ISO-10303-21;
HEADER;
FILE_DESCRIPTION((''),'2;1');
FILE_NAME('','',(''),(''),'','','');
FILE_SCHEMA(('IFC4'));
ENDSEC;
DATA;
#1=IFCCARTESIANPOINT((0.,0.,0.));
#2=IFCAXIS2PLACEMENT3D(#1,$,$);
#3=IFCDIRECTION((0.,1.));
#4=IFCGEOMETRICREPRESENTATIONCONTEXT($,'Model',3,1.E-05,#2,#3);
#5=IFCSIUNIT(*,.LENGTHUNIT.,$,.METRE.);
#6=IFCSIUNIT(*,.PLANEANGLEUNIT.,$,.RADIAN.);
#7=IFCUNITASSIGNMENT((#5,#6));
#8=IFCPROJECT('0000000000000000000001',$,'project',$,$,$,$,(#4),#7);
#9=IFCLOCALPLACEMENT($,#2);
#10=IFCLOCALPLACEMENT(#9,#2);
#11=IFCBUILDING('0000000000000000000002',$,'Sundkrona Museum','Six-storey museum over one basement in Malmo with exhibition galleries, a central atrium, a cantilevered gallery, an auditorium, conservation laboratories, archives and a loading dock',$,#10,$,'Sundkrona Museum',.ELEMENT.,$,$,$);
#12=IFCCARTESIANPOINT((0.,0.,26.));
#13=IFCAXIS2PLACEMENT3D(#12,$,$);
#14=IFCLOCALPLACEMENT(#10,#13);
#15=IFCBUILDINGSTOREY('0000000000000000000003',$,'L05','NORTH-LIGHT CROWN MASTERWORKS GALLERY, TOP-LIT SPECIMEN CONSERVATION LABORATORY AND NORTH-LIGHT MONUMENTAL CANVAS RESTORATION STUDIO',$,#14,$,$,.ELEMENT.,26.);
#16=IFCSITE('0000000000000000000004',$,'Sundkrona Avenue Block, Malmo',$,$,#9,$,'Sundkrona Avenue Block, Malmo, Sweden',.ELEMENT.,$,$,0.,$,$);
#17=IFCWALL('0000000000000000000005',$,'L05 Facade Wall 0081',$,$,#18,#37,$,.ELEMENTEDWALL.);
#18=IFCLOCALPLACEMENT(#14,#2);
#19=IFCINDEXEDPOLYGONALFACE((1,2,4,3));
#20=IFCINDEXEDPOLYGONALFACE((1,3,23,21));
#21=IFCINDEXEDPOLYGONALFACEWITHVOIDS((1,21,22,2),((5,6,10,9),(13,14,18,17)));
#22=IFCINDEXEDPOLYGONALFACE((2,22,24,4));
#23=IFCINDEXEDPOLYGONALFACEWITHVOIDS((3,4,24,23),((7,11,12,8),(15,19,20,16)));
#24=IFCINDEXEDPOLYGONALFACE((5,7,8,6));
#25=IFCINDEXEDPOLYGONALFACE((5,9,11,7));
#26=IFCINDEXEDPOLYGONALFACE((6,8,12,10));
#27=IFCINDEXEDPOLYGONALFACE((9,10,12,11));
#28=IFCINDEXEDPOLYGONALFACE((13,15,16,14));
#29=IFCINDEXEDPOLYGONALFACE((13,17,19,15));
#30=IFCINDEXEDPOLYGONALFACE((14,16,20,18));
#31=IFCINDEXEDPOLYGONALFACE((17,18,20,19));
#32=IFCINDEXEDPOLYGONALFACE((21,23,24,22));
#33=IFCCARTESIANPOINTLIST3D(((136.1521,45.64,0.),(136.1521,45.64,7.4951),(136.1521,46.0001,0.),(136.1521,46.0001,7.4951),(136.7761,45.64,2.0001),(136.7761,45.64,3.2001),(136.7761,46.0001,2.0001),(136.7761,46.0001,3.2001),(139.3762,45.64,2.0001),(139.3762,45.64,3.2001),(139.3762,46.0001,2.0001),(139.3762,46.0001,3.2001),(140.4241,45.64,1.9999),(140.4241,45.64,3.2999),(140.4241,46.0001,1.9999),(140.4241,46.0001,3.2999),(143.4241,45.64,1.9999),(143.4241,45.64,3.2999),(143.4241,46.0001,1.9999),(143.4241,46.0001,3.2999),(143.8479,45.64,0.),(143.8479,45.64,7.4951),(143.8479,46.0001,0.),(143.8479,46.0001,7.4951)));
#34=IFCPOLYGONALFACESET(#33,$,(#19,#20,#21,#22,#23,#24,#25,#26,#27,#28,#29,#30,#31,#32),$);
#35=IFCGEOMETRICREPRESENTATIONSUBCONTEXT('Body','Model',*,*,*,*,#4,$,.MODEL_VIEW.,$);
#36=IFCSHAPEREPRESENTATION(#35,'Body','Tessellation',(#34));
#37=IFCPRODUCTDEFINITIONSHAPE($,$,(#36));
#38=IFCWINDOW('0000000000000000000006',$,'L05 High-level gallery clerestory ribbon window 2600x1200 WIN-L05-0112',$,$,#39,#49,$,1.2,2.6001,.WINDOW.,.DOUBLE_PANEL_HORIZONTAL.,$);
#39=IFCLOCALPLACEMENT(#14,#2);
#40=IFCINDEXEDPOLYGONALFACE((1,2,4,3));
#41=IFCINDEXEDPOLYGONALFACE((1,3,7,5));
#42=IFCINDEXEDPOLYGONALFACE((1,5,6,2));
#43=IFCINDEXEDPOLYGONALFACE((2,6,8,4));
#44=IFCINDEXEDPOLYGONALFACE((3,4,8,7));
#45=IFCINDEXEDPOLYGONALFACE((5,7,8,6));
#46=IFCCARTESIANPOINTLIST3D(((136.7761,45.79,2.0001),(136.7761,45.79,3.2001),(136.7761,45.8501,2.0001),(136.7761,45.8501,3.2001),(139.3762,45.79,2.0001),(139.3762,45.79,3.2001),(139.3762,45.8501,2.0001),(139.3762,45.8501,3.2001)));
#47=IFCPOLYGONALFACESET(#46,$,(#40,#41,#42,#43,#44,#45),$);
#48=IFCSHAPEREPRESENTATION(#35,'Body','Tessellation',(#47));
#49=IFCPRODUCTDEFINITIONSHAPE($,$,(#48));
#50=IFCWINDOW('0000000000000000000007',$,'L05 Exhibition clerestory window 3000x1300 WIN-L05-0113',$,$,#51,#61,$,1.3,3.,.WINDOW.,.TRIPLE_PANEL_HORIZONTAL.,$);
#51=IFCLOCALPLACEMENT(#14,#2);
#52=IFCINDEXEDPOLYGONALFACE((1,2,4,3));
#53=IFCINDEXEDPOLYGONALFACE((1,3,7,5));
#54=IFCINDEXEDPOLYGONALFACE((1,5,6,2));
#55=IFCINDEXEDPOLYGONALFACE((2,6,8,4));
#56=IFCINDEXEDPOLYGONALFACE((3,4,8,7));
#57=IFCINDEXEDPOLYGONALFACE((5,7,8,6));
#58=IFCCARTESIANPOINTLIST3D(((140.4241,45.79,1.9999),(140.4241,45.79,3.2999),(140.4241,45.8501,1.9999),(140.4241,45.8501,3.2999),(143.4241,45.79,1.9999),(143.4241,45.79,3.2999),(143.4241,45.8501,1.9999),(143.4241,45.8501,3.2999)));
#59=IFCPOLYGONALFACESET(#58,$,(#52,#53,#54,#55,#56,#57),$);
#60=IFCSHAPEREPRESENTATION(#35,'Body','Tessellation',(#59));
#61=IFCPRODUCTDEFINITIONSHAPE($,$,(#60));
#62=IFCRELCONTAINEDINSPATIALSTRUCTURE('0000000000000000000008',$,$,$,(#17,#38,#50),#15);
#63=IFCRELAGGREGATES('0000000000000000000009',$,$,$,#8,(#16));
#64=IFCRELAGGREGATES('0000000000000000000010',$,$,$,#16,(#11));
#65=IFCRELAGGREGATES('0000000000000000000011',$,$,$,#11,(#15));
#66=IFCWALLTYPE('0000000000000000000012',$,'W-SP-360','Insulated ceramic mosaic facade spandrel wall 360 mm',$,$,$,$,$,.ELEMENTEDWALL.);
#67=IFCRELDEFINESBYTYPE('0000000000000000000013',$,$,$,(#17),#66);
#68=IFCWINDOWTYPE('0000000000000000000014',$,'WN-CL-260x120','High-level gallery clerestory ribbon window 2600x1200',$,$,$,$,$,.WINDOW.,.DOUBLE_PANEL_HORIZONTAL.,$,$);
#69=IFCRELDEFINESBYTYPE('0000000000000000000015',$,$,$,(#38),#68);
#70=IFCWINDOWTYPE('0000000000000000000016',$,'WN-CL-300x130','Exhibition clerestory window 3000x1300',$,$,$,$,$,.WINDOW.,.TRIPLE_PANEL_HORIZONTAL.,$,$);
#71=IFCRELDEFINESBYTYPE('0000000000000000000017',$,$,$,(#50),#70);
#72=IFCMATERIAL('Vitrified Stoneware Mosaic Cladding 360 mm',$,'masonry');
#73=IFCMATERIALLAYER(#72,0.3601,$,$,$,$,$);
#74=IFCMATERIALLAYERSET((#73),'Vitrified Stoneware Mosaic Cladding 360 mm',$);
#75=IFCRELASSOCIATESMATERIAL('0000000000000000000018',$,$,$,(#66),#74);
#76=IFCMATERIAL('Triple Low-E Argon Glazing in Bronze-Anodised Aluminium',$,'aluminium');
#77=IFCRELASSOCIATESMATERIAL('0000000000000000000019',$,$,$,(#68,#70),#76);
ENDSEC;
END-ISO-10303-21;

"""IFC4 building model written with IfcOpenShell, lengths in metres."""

from ifc_helpers import new_model, si_unit, direction, frame, frame_2d, origin, place, context, subcontext, project, spatial, rectangle, extrude, material, layer, layer_set, type_object, element, fill, save


model = new_model("IFC4")

# Units and contexts
model_context = context("Model", 3, precision=1e-05, world=origin(), true_north=direction((0.0, 1.0)))
body_context = subcontext(model_context, "Body", "Model", "MODEL_VIEW")
ifc_project = project(units=[si_unit("LENGTHUNIT", "METRE"), si_unit("PLANEANGLEUNIT", "RADIAN")], contexts=[model_context])

# Site, building, storey
site_placement = place(None, origin())
site = spatial("IfcSite", under=ifc_project, at=site_placement, Name="Sundkrona Avenue Block, Malmo", LongName="Sundkrona Avenue Block, Malmo, Sweden", CompositionType="ELEMENT", RefElevation=0.0)
building_placement = place(site_placement, origin())
building = spatial("IfcBuilding", under=site, at=building_placement, Name="Sundkrona Museum", Description="Six-storey museum over one basement in Malmo with exhibition galleries, a central atrium, a cantilevered gallery, an auditorium, conservation laboratories, archives and a loading dock", LongName="Sundkrona Museum", CompositionType="ELEMENT")
storey_placement = place(building_placement, frame((0.0, 0.0, 26.0)))
storey = spatial("IfcBuildingStorey", under=building, at=storey_placement, Name="L05", Description="NORTH-LIGHT CROWN MASTERWORKS GALLERY, TOP-LIT SPECIMEN CONSERVATION LABORATORY AND NORTH-LIGHT MONUMENTAL CANVAS RESTORATION STUDIO", CompositionType="ELEMENT", Elevation=26.0)

# Shared definitions
ifc_material_1 = material(Name="Triple Low-E Argon Glazing in Bronze-Anodised Aluminium", Category="aluminium")

# Wall, openings, windows
ifc_material_2 = material(Name="Vitrified Stoneware Mosaic Cladding 360 mm", Category="masonry")
ifc_layer_1 = layer(ifc_material_2, 0.3601)
ifc_layer_set_1 = layer_set([ifc_layer_1], Name="Vitrified Stoneware Mosaic Cladding 360 mm")
wall_type_1 = type_object("IfcWallType", Name="W-SP-360", Description="Insulated ceramic mosaic facade spandrel wall 360 mm", PredefinedType="ELEMENTEDWALL", material=ifc_layer_set_1)
window_type_1 = type_object("IfcWindowType", Name="WN-CL-260x120", Description="High-level gallery clerestory ribbon window 2600x1200", PartitioningType="DOUBLE_PANEL_HORIZONTAL", PredefinedType="WINDOW", material=ifc_material_1)
window_type_2 = type_object("IfcWindowType", Name="WN-CL-300x130", Description="Exhibition clerestory window 3000x1300", PartitioningType="TRIPLE_PANEL_HORIZONTAL", PredefinedType="WINDOW", material=ifc_material_1)
wall_1_placement = place(storey_placement, frame((136.1521, 45.8201, 0.0), z_axis=(0.0, 0.0, 1.0), x_axis=(1.0, 0.0, 0.0)))
wall_1 = element("IfcWall", 1, at=wall_1_placement, inside=storey, type_object=wall_type_1, Name="L05 Facade Wall 0081", PredefinedType="ELEMENTEDWALL", context=body_context, shape_type="SweptSolid", body=[
    extrude(rectangle(XDim=7.6958, YDim=0.3601, at=frame_2d((3.8479, 0.0))), origin(), (0.0, 0.0, 1.0), 7.4951),
])
opening_1_placement = place(wall_1_placement, frame((0.624, 0.0, 2.0)))
opening_1 = element("IfcOpeningElement", 2, at=opening_1_placement, cuts=wall_1, PredefinedType="OPENING", context=body_context, shape_type="SweptSolid", body=[
    extrude(rectangle(XDim=2.6001, YDim=1.2, at=frame_2d((1.3, 0.6001))), frame((0.0, 0.1899, 0.0), z_axis=(0.0, -1.0, 0.0), x_axis=(1.0, 0.0, 0.0)), (0.0, 0.0, 1.0), 0.3801),
])
opening_2_placement = place(wall_1_placement, frame((4.272, 0.0, 2.0)))
opening_2 = element("IfcOpeningElement", 3, at=opening_2_placement, cuts=wall_1, PredefinedType="OPENING", context=body_context, shape_type="SweptSolid", body=[
    extrude(rectangle(XDim=3.0, YDim=1.3, at=frame_2d((1.5, 0.6499))), frame((0.0, 0.1899, 0.0), z_axis=(0.0, -1.0, 0.0), x_axis=(1.0, 0.0, 0.0)), (0.0, 0.0, 1.0), 0.3801),
])
window_1_placement = place(opening_1_placement, origin())
window_1 = element("IfcWindow", 4, at=window_1_placement, inside=storey, type_object=window_type_1, Name="L05 High-level gallery clerestory ribbon window 2600x1200 WIN-L05-0112", OverallHeight=1.2, OverallWidth=2.6001, PartitioningType="DOUBLE_PANEL_HORIZONTAL", PredefinedType="WINDOW", context=body_context, shape_type="SweptSolid", body=[
    extrude(rectangle(XDim=2.6001, YDim=1.2, at=frame_2d((1.3, 0.6001))), frame((0.0, 0.03, 0.0), z_axis=(0.0, -1.0, 0.0), x_axis=(1.0, 0.0, 0.0)), (0.0, 0.0, 1.0), 0.0601),
])
fill(opening_1, window_1)
window_2_placement = place(opening_2_placement, origin())
window_2 = element("IfcWindow", 5, at=window_2_placement, inside=storey, type_object=window_type_2, Name="L05 Exhibition clerestory window 3000x1300 WIN-L05-0113", OverallHeight=1.3, OverallWidth=3.0, PartitioningType="TRIPLE_PANEL_HORIZONTAL", PredefinedType="WINDOW", context=body_context, shape_type="SweptSolid", body=[
    extrude(rectangle(XDim=3.0, YDim=1.3, at=frame_2d((1.5, 0.6499))), frame((0.0, 0.03, 0.0), z_axis=(0.0, -1.0, 0.0), x_axis=(1.0, 0.0, 0.0)), (0.0, 0.0, 1.0), 0.0601),
])
fill(opening_2, window_2)

save(model, "model.ifc")
